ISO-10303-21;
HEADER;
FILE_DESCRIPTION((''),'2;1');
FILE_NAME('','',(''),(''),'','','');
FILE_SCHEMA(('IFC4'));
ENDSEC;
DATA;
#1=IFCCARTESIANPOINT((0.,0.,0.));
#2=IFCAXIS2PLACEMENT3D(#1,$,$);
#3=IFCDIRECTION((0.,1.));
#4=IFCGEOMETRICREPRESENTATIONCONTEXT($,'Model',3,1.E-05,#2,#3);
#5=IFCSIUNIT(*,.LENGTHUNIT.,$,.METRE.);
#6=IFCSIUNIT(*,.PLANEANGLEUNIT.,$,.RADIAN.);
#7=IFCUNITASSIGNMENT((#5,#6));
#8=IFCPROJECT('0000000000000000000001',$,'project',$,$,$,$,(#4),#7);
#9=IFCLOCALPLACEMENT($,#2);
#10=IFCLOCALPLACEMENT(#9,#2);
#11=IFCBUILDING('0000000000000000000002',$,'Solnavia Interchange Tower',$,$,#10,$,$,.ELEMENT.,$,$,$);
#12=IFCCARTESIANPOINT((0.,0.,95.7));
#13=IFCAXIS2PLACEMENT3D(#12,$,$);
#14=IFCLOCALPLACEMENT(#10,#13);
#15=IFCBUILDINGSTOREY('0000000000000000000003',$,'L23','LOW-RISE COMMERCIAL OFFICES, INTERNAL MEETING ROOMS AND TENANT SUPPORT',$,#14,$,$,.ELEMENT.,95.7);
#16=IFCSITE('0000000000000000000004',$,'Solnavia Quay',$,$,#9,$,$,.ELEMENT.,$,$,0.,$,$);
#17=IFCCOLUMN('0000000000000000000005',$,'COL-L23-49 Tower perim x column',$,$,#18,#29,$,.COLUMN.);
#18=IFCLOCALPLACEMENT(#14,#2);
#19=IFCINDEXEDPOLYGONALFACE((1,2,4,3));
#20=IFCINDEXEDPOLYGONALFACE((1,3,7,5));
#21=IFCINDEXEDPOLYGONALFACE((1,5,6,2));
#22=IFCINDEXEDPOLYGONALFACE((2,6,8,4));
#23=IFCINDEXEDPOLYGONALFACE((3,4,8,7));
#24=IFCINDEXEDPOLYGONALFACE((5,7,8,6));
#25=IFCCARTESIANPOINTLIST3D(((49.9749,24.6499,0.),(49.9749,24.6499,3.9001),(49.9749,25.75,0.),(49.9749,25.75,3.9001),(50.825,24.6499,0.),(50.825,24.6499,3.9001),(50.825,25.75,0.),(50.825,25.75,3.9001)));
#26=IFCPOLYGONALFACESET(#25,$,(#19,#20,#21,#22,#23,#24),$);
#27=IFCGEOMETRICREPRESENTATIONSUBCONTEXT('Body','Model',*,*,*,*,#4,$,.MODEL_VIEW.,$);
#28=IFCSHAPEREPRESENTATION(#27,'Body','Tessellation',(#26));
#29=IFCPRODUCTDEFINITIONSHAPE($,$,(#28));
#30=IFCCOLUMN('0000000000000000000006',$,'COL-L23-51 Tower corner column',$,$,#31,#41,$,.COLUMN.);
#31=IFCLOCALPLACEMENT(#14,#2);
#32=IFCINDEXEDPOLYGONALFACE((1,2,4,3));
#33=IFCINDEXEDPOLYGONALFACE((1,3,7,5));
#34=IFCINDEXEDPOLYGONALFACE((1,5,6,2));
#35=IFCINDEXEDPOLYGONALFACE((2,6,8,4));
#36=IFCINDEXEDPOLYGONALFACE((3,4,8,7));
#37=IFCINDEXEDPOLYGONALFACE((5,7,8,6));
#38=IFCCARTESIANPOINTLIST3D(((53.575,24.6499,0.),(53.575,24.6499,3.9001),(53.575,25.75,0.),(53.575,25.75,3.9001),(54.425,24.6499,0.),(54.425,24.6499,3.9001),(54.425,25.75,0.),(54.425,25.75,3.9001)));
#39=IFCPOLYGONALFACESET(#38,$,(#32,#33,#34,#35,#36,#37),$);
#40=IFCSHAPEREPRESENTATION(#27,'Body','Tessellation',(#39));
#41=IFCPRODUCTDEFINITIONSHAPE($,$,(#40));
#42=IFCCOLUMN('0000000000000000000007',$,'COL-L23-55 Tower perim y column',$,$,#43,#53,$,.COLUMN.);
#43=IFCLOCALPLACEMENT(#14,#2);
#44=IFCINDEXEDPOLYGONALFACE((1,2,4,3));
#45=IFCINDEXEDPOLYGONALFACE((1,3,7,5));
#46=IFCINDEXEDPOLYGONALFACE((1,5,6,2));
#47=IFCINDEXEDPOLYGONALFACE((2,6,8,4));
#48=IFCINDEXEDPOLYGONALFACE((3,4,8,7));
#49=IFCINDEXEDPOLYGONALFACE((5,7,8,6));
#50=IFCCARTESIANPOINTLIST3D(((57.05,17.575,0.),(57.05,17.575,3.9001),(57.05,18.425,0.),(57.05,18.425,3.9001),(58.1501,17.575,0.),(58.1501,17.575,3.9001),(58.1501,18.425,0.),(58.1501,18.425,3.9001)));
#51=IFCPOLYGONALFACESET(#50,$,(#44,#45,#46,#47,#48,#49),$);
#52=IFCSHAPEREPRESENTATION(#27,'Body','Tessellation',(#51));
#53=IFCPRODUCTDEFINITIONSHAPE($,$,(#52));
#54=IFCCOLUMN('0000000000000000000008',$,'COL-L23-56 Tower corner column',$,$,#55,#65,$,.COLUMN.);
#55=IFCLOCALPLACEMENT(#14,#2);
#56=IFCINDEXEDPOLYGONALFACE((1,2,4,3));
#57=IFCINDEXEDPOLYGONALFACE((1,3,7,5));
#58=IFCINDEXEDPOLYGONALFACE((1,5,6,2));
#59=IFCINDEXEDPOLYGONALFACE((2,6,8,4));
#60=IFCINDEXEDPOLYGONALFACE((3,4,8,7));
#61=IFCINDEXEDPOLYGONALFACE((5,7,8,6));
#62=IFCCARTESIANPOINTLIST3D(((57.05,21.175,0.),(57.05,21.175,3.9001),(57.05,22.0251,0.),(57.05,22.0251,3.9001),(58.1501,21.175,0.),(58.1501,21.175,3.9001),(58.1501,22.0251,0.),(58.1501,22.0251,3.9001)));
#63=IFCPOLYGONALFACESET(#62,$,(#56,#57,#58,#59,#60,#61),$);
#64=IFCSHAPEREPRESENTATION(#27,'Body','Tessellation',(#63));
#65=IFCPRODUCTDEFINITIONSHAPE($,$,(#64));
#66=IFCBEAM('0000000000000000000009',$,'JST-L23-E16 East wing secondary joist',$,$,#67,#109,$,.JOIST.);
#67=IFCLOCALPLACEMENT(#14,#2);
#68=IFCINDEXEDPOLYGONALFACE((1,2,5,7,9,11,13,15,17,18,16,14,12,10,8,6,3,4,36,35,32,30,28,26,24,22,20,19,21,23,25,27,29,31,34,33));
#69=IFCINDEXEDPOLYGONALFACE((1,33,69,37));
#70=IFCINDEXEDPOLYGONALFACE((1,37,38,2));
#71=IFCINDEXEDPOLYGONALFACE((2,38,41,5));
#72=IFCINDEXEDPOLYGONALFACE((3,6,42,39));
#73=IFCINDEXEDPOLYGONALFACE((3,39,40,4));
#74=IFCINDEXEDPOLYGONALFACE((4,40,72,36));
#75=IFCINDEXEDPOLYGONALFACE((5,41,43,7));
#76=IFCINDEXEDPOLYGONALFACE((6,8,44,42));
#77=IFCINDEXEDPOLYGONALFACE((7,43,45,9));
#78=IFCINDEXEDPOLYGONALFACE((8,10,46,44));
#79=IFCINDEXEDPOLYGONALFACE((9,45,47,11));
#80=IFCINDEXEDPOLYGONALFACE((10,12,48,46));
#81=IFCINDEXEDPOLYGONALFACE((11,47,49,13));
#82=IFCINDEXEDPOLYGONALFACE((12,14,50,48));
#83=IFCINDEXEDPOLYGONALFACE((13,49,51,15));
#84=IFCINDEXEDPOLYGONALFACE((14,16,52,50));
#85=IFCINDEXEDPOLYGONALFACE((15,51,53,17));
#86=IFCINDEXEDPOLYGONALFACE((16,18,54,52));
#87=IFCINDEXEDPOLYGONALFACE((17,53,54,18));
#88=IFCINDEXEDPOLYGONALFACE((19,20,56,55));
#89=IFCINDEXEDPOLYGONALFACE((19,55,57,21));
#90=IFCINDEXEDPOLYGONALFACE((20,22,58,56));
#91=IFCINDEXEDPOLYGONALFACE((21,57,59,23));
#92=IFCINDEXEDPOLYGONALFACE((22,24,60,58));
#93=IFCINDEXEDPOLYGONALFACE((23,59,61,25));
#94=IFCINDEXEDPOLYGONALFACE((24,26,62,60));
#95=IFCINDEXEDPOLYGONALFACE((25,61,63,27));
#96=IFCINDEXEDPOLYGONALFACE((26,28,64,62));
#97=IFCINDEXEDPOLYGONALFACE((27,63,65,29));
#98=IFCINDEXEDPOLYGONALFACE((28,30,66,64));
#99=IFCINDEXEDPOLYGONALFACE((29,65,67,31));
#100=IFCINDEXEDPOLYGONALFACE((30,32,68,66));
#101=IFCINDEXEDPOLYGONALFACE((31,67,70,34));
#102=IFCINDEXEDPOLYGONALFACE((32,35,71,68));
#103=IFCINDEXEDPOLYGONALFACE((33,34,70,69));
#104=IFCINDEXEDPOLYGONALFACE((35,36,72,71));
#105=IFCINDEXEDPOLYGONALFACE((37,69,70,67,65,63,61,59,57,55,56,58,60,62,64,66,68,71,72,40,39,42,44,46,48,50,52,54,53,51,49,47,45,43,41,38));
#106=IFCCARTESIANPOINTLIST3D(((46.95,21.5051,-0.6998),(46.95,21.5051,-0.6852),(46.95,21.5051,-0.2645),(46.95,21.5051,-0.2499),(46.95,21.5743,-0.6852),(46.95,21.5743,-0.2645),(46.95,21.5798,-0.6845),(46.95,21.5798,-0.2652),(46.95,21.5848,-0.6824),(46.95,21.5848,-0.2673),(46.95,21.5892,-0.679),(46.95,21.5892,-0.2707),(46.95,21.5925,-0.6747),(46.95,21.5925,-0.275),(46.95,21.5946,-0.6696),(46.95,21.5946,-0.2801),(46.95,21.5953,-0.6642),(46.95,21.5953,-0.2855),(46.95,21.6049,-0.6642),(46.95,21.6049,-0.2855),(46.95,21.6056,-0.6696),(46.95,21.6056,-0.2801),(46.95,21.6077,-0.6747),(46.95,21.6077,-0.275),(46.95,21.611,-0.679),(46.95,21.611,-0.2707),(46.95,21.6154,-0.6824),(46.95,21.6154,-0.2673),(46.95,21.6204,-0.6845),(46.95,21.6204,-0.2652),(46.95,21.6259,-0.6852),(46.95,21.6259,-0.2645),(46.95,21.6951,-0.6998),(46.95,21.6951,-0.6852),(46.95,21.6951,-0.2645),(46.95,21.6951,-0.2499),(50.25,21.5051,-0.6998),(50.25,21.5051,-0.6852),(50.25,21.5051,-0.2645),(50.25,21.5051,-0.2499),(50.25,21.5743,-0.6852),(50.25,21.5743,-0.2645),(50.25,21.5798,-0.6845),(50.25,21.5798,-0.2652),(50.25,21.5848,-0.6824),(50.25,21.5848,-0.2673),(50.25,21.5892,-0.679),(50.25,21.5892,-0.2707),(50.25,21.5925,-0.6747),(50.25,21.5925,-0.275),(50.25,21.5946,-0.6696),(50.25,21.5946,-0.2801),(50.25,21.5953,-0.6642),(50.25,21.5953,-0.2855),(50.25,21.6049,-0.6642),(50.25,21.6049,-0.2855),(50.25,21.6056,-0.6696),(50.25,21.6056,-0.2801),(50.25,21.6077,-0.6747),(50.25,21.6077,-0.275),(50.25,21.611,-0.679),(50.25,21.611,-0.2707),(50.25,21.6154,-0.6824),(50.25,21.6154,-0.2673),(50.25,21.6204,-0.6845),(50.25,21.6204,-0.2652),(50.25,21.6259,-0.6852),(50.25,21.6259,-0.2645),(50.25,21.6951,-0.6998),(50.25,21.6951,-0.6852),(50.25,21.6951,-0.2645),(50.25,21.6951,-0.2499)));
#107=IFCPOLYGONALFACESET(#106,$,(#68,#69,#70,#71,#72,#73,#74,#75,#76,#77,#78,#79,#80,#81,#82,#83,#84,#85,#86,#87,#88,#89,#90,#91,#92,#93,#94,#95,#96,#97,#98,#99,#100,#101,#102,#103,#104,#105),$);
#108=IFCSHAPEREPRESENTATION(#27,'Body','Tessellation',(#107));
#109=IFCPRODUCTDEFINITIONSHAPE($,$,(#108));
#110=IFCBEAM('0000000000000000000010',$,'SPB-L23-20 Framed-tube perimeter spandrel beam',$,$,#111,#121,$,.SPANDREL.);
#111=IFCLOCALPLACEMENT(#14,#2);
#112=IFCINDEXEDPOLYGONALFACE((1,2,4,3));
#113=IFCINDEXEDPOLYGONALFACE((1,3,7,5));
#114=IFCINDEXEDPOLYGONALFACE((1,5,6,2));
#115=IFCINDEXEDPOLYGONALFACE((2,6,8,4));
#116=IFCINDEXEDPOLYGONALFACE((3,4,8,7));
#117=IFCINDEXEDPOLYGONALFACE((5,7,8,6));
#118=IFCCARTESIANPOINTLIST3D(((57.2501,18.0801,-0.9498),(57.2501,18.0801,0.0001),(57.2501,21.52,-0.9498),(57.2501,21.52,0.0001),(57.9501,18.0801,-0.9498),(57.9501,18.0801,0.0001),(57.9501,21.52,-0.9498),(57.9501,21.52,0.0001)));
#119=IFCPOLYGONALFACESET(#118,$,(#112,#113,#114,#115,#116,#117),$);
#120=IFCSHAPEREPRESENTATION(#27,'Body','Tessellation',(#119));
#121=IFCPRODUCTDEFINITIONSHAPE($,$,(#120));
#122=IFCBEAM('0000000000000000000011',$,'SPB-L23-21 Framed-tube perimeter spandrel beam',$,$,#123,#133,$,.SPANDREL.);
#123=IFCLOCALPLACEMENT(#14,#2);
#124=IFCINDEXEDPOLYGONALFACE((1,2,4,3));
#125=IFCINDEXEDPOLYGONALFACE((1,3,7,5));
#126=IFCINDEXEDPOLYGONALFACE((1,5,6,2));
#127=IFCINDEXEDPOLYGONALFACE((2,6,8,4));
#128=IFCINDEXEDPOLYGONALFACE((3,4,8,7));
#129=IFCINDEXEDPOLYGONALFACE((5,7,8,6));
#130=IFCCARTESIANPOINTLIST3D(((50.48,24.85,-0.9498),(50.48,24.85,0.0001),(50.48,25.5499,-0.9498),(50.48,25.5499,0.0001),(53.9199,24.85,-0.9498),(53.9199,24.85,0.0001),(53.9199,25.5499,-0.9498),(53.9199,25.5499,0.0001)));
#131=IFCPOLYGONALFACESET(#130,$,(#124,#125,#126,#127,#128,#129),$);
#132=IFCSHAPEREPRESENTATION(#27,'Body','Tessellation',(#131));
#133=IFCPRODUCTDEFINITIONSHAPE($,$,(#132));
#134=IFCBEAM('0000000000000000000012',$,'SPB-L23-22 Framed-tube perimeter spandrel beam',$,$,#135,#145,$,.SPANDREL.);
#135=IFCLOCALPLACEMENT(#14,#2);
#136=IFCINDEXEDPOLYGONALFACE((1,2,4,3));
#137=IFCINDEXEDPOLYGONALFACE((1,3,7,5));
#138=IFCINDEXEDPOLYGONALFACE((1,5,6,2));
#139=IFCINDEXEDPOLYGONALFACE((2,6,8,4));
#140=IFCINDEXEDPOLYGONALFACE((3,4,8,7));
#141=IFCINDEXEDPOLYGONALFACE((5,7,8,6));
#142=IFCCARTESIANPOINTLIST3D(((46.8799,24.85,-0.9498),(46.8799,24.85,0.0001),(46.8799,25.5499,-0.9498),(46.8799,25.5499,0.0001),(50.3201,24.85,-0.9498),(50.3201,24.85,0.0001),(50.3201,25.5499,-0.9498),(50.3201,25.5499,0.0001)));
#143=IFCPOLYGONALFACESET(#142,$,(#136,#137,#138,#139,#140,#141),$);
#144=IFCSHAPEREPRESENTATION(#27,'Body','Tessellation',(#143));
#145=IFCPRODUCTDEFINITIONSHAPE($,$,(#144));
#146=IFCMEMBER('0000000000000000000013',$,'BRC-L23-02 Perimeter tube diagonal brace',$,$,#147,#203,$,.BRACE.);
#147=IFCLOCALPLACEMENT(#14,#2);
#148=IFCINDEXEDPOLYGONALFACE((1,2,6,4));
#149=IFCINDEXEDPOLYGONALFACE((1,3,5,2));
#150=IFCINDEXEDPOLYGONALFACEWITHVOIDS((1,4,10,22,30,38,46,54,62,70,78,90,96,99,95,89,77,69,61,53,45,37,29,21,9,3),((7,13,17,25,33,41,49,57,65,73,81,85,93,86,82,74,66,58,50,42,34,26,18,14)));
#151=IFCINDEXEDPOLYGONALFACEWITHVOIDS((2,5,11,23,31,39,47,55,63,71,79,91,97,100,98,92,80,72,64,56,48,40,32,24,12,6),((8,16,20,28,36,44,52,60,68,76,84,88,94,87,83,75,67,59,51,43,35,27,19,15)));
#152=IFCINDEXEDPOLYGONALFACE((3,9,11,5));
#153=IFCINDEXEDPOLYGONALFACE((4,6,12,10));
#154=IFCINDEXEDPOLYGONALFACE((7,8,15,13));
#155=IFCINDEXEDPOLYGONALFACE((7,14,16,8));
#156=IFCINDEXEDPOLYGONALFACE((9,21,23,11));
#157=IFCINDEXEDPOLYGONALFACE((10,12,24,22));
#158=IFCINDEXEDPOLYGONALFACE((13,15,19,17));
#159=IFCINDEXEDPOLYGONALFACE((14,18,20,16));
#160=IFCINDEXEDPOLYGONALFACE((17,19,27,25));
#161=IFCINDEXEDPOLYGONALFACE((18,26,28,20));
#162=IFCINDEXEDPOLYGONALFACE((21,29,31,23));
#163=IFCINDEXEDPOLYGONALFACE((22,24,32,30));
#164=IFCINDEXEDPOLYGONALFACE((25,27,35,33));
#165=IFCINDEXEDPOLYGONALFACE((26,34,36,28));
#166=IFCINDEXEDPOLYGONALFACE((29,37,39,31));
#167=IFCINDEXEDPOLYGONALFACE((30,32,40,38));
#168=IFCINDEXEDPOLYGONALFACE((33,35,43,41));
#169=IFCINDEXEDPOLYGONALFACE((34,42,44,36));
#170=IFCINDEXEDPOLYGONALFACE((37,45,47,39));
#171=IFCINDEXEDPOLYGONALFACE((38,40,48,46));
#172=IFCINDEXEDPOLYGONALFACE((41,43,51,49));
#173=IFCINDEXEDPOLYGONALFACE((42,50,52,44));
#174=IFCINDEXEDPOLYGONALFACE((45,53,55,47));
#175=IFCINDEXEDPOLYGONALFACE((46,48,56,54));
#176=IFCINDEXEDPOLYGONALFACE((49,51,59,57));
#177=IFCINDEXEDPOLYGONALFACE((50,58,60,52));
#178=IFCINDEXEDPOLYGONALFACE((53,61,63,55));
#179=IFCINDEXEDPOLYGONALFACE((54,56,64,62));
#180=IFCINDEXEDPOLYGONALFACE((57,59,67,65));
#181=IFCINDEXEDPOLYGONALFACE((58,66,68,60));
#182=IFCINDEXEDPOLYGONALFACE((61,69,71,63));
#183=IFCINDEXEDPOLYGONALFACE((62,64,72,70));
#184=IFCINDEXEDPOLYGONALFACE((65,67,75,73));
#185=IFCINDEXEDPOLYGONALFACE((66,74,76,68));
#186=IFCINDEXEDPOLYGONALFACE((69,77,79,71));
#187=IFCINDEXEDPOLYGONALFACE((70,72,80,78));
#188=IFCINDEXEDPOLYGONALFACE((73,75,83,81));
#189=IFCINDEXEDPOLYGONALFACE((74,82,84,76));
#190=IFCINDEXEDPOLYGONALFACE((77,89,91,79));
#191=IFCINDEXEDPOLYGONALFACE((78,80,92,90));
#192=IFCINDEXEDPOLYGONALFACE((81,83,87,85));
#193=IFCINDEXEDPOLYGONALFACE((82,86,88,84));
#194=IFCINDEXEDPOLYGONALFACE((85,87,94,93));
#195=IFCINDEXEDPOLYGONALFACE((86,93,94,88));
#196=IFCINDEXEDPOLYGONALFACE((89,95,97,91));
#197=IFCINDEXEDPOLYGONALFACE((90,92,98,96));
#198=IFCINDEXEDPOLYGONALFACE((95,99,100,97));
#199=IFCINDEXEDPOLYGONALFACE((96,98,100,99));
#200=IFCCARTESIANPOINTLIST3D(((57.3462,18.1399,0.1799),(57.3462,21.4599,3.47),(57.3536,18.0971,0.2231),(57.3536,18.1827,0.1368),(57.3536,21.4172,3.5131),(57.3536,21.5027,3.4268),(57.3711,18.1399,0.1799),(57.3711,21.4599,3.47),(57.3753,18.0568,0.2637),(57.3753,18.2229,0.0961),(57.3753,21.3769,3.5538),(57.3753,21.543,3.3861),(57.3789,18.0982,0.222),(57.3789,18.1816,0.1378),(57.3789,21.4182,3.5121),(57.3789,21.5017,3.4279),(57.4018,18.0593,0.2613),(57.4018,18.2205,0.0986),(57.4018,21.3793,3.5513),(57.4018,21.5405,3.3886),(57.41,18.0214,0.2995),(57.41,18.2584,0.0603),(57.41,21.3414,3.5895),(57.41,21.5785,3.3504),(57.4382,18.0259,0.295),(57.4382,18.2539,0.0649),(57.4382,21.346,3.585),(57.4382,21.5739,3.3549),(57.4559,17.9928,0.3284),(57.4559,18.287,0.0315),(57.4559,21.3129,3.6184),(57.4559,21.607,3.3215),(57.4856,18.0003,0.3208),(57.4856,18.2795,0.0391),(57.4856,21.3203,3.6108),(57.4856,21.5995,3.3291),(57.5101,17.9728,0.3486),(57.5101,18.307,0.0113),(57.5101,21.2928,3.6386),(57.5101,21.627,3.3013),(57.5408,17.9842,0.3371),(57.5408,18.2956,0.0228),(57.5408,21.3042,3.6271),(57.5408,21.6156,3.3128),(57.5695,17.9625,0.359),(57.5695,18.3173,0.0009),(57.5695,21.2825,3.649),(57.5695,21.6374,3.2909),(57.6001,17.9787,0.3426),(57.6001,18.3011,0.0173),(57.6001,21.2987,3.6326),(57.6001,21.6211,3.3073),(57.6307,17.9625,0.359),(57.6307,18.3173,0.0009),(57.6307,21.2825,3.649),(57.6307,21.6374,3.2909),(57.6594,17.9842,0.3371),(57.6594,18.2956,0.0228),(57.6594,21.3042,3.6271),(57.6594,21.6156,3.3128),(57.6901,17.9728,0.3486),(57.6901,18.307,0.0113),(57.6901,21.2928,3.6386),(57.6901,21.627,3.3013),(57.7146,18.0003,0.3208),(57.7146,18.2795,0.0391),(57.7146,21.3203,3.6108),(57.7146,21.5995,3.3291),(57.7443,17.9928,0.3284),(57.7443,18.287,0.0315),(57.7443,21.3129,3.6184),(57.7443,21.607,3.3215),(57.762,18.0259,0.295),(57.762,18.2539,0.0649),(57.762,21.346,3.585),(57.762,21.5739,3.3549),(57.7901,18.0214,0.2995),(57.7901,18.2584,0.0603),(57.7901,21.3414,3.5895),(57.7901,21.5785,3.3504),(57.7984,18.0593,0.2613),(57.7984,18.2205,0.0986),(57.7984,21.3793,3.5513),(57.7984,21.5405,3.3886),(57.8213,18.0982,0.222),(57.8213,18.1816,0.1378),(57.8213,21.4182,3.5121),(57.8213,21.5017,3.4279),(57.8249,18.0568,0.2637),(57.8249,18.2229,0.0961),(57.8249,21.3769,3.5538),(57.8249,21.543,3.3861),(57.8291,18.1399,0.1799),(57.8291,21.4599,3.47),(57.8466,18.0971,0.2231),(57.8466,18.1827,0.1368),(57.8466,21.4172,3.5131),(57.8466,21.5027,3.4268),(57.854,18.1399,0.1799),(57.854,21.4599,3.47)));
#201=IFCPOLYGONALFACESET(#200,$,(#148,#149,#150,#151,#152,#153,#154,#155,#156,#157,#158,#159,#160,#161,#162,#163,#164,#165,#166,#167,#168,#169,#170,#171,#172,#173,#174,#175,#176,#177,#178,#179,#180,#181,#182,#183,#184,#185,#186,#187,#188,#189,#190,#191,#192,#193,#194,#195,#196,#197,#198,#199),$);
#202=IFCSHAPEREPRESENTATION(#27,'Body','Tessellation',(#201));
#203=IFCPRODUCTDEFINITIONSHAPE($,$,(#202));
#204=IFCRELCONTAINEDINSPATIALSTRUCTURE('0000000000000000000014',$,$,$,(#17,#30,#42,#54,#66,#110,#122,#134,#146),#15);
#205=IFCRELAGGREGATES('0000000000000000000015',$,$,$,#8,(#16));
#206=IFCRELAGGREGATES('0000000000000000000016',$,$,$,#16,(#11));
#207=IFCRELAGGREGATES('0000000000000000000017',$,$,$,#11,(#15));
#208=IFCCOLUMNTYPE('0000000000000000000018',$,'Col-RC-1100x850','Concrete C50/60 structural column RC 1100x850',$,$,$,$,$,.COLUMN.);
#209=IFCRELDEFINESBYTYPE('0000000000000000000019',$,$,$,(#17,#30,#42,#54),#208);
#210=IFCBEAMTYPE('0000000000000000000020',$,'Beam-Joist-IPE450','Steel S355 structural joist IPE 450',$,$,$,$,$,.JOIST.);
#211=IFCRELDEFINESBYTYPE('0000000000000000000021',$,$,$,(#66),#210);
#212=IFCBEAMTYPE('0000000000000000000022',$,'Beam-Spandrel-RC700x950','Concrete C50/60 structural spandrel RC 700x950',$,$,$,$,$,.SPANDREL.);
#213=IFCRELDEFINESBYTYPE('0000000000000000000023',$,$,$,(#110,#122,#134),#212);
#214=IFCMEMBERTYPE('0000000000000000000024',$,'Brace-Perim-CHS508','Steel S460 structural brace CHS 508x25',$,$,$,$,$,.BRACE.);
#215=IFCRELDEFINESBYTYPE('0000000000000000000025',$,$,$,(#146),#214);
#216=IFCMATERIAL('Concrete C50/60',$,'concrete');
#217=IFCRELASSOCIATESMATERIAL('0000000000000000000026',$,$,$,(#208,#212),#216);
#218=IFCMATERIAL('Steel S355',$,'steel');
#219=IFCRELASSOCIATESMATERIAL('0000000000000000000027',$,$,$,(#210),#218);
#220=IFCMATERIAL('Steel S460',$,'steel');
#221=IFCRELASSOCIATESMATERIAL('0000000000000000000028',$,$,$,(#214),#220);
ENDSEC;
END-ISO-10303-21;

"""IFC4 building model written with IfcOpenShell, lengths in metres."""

from ifc_helpers import new_model, si_unit, direction, frame, origin, origin_2d, place, context, subcontext, project, spatial, rectangle, hollow_circle, i_section, extrude, material, material_profile, profile_set, type_object, element, save


model = new_model("IFC4")

# Units and contexts
model_context = context("Model", 3, precision=1e-05, world=origin(), true_north=direction((0.0, 1.0)))
body_context = subcontext(model_context, "Body", "Model", "MODEL_VIEW")
ifc_project = project(units=[si_unit("LENGTHUNIT", "METRE"), si_unit("PLANEANGLEUNIT", "RADIAN")], contexts=[model_context])

# Site, building, storey
site_placement = place(None, origin())
site = spatial("IfcSite", under=ifc_project, at=site_placement, Name="Solnavia Quay", CompositionType="ELEMENT", RefElevation=0.0)
building_placement = place(site_placement, origin())
building = spatial("IfcBuilding", under=site, at=building_placement, Name="Solnavia Interchange Tower", CompositionType="ELEMENT")
storey_placement = place(building_placement, frame((0.0, 0.0, 95.7)))
storey = spatial("IfcBuildingStorey", under=building, at=storey_placement, Name="L23", Description="LOW-RISE COMMERCIAL OFFICES, INTERNAL MEETING ROOMS AND TENANT SUPPORT", CompositionType="ELEMENT", Elevation=95.7)

# Columns
ifc_material_1 = material(Name="Concrete C50/60", Category="concrete")
ifc_material_profile_1 = material_profile(ifc_material_1, rectangle(XDim=0.8501, YDim=1.1001, at=origin_2d()), Name="RC 1100x850")
ifc_profile_set_1 = profile_set([ifc_material_profile_1], Name="Concrete C50/60")
column_type = type_object("IfcColumnType", Name="Col-RC-1100x850", Description="Concrete C50/60 structural column RC 1100x850", PredefinedType="COLUMN", material=ifc_profile_set_1)
for number, where, z_axis, x_axis, name in (
    (1, (50.3999, 25.2, 0.0), (0.0, 0.0, 1.0), (1.0, 0.0, 0.0), "COL-L23-49 Tower perim x column"),
    (2, (54.0, 25.2, 0.0), (0.0, 0.0, 1.0), (1.0, 0.0, 0.0), "COL-L23-51 Tower corner column"),
    (3, (57.6001, 18.0, 0.0), (0.0, 0.0, 1.0), (0.0, 1.0, 0.0), "COL-L23-55 Tower perim y column"),
    (4, (57.6001, 21.6001, 0.0), (0.0, 0.0, 1.0), (0.0, 1.0, 0.0), "COL-L23-56 Tower corner column"),
):
    element("IfcColumn", number, at=place(storey_placement, frame(where, z_axis=z_axis, x_axis=x_axis)), inside=storey, type_object=column_type, Name=name, PredefinedType="COLUMN", context=body_context, shape_type="SweptSolid", body=[
        extrude(rectangle(XDim=0.8501, YDim=1.1001, at=origin_2d()), origin(), (0.0, 0.0, 1.0), 3.9001),
    ])

# Beams
ifc_material_2 = material(Name="Steel S355", Category="steel")
ifc_material_profile_2 = material_profile(ifc_material_2, i_section(OverallWidth=0.1899, OverallDepth=0.45, WebThickness=0.0095, FlangeThickness=0.0146, FilletRadius=0.021, at=origin_2d()), Name="IPE 450")
ifc_profile_set_2 = profile_set([ifc_material_profile_2], Name="Steel S355")
beam_type_1 = type_object("IfcBeamType", Name="Beam-Joist-IPE450", Description="Steel S355 structural joist IPE 450", PredefinedType="JOIST", material=ifc_profile_set_2)
beam_1_placement = place(storey_placement, frame((46.95, 21.6001, -0.4749), z_axis=(1.0, 0.0, 0.0), x_axis=(0.0, 1.0, 0.0)))
element("IfcBeam", 5, at=beam_1_placement, inside=storey, type_object=beam_type_1, Name="JST-L23-E16 East wing secondary joist", PredefinedType="JOIST", context=body_context, shape_type="SweptSolid", body=[
    extrude(i_section(OverallWidth=0.1899, OverallDepth=0.45, WebThickness=0.0095, FlangeThickness=0.0146, FilletRadius=0.021, at=origin_2d()), origin(), (0.0, 0.0, 1.0), 3.3),
])
ifc_material_profile_3 = material_profile(ifc_material_1, rectangle(XDim=0.7, YDim=0.95, at=origin_2d()), Name="RC 700x950")
ifc_profile_set_3 = profile_set([ifc_material_profile_3], Name="Concrete C50/60")
beam_type_2 = type_object("IfcBeamType", Name="Beam-Spandrel-RC700x950", Description="Concrete C50/60 structural spandrel RC 700x950", PredefinedType="SPANDREL", material=ifc_profile_set_3)
for number, where, z_axis, x_axis, name in (
    (6, (57.6001, 18.0801, -0.4749), (0.0, 1.0, 0.0), (-1.0, 0.0, 0.0), "SPB-L23-20 Framed-tube perimeter spandrel beam"),
    (7, (53.9199, 25.2, -0.4749), (-1.0, 0.0, 0.0), (0.0, -1.0, 0.0), "SPB-L23-21 Framed-tube perimeter spandrel beam"),
):
    element("IfcBeam", number, at=place(storey_placement, frame(where, z_axis=z_axis, x_axis=x_axis)), inside=storey, type_object=beam_type_2, Name=name, PredefinedType="SPANDREL", context=body_context, shape_type="SweptSolid", body=[
        extrude(rectangle(XDim=0.7, YDim=0.95, at=origin_2d()), origin(), (0.0, 0.0, 1.0), 3.4399),
    ])
beam_2_placement = place(storey_placement, frame((50.3201, 25.2, -0.4749), z_axis=(-1.0, 0.0, 0.0), x_axis=(0.0, -1.0, 0.0)))
element("IfcBeam", 8, at=beam_2_placement, inside=storey, type_object=beam_type_2, Name="SPB-L23-22 Framed-tube perimeter spandrel beam", PredefinedType="SPANDREL", context=body_context, shape_type="SweptSolid", body=[
    extrude(rectangle(XDim=0.7, YDim=0.95, at=origin_2d()), origin(), (0.0, 0.0, 1.0), 3.4402),
])

# Member
ifc_material_3 = material(Name="Steel S460", Category="steel")
ifc_material_profile_4 = material_profile(ifc_material_3, hollow_circle(Radius=0.2539, WallThickness=0.0249, at=origin_2d()), Name="CHS 508x25")
ifc_profile_set_4 = profile_set([ifc_material_profile_4], Name="Steel S460")
member_type = type_object("IfcMemberType", Name="Brace-Perim-CHS508", Description="Steel S460 structural brace CHS 508x25", PredefinedType="BRACE", material=ifc_profile_set_4)
member_placement = place(storey_placement, frame((57.6001, 18.1399, 0.1799), z_axis=(0.0, 0.710312, 0.703887), x_axis=(-1.0, 0.0, 0.0)))
element("IfcMember", 9, at=member_placement, inside=storey, type_object=member_type, Name="BRC-L23-02 Perimeter tube diagonal brace", PredefinedType="BRACE", context=body_context, shape_type="SweptSolid", body=[
    extrude(hollow_circle(Radius=0.2539, WallThickness=0.0249, at=origin_2d()), origin(), (0.0, 0.0, 1.0), 4.6741),
])

save(model, "model.ifc")
